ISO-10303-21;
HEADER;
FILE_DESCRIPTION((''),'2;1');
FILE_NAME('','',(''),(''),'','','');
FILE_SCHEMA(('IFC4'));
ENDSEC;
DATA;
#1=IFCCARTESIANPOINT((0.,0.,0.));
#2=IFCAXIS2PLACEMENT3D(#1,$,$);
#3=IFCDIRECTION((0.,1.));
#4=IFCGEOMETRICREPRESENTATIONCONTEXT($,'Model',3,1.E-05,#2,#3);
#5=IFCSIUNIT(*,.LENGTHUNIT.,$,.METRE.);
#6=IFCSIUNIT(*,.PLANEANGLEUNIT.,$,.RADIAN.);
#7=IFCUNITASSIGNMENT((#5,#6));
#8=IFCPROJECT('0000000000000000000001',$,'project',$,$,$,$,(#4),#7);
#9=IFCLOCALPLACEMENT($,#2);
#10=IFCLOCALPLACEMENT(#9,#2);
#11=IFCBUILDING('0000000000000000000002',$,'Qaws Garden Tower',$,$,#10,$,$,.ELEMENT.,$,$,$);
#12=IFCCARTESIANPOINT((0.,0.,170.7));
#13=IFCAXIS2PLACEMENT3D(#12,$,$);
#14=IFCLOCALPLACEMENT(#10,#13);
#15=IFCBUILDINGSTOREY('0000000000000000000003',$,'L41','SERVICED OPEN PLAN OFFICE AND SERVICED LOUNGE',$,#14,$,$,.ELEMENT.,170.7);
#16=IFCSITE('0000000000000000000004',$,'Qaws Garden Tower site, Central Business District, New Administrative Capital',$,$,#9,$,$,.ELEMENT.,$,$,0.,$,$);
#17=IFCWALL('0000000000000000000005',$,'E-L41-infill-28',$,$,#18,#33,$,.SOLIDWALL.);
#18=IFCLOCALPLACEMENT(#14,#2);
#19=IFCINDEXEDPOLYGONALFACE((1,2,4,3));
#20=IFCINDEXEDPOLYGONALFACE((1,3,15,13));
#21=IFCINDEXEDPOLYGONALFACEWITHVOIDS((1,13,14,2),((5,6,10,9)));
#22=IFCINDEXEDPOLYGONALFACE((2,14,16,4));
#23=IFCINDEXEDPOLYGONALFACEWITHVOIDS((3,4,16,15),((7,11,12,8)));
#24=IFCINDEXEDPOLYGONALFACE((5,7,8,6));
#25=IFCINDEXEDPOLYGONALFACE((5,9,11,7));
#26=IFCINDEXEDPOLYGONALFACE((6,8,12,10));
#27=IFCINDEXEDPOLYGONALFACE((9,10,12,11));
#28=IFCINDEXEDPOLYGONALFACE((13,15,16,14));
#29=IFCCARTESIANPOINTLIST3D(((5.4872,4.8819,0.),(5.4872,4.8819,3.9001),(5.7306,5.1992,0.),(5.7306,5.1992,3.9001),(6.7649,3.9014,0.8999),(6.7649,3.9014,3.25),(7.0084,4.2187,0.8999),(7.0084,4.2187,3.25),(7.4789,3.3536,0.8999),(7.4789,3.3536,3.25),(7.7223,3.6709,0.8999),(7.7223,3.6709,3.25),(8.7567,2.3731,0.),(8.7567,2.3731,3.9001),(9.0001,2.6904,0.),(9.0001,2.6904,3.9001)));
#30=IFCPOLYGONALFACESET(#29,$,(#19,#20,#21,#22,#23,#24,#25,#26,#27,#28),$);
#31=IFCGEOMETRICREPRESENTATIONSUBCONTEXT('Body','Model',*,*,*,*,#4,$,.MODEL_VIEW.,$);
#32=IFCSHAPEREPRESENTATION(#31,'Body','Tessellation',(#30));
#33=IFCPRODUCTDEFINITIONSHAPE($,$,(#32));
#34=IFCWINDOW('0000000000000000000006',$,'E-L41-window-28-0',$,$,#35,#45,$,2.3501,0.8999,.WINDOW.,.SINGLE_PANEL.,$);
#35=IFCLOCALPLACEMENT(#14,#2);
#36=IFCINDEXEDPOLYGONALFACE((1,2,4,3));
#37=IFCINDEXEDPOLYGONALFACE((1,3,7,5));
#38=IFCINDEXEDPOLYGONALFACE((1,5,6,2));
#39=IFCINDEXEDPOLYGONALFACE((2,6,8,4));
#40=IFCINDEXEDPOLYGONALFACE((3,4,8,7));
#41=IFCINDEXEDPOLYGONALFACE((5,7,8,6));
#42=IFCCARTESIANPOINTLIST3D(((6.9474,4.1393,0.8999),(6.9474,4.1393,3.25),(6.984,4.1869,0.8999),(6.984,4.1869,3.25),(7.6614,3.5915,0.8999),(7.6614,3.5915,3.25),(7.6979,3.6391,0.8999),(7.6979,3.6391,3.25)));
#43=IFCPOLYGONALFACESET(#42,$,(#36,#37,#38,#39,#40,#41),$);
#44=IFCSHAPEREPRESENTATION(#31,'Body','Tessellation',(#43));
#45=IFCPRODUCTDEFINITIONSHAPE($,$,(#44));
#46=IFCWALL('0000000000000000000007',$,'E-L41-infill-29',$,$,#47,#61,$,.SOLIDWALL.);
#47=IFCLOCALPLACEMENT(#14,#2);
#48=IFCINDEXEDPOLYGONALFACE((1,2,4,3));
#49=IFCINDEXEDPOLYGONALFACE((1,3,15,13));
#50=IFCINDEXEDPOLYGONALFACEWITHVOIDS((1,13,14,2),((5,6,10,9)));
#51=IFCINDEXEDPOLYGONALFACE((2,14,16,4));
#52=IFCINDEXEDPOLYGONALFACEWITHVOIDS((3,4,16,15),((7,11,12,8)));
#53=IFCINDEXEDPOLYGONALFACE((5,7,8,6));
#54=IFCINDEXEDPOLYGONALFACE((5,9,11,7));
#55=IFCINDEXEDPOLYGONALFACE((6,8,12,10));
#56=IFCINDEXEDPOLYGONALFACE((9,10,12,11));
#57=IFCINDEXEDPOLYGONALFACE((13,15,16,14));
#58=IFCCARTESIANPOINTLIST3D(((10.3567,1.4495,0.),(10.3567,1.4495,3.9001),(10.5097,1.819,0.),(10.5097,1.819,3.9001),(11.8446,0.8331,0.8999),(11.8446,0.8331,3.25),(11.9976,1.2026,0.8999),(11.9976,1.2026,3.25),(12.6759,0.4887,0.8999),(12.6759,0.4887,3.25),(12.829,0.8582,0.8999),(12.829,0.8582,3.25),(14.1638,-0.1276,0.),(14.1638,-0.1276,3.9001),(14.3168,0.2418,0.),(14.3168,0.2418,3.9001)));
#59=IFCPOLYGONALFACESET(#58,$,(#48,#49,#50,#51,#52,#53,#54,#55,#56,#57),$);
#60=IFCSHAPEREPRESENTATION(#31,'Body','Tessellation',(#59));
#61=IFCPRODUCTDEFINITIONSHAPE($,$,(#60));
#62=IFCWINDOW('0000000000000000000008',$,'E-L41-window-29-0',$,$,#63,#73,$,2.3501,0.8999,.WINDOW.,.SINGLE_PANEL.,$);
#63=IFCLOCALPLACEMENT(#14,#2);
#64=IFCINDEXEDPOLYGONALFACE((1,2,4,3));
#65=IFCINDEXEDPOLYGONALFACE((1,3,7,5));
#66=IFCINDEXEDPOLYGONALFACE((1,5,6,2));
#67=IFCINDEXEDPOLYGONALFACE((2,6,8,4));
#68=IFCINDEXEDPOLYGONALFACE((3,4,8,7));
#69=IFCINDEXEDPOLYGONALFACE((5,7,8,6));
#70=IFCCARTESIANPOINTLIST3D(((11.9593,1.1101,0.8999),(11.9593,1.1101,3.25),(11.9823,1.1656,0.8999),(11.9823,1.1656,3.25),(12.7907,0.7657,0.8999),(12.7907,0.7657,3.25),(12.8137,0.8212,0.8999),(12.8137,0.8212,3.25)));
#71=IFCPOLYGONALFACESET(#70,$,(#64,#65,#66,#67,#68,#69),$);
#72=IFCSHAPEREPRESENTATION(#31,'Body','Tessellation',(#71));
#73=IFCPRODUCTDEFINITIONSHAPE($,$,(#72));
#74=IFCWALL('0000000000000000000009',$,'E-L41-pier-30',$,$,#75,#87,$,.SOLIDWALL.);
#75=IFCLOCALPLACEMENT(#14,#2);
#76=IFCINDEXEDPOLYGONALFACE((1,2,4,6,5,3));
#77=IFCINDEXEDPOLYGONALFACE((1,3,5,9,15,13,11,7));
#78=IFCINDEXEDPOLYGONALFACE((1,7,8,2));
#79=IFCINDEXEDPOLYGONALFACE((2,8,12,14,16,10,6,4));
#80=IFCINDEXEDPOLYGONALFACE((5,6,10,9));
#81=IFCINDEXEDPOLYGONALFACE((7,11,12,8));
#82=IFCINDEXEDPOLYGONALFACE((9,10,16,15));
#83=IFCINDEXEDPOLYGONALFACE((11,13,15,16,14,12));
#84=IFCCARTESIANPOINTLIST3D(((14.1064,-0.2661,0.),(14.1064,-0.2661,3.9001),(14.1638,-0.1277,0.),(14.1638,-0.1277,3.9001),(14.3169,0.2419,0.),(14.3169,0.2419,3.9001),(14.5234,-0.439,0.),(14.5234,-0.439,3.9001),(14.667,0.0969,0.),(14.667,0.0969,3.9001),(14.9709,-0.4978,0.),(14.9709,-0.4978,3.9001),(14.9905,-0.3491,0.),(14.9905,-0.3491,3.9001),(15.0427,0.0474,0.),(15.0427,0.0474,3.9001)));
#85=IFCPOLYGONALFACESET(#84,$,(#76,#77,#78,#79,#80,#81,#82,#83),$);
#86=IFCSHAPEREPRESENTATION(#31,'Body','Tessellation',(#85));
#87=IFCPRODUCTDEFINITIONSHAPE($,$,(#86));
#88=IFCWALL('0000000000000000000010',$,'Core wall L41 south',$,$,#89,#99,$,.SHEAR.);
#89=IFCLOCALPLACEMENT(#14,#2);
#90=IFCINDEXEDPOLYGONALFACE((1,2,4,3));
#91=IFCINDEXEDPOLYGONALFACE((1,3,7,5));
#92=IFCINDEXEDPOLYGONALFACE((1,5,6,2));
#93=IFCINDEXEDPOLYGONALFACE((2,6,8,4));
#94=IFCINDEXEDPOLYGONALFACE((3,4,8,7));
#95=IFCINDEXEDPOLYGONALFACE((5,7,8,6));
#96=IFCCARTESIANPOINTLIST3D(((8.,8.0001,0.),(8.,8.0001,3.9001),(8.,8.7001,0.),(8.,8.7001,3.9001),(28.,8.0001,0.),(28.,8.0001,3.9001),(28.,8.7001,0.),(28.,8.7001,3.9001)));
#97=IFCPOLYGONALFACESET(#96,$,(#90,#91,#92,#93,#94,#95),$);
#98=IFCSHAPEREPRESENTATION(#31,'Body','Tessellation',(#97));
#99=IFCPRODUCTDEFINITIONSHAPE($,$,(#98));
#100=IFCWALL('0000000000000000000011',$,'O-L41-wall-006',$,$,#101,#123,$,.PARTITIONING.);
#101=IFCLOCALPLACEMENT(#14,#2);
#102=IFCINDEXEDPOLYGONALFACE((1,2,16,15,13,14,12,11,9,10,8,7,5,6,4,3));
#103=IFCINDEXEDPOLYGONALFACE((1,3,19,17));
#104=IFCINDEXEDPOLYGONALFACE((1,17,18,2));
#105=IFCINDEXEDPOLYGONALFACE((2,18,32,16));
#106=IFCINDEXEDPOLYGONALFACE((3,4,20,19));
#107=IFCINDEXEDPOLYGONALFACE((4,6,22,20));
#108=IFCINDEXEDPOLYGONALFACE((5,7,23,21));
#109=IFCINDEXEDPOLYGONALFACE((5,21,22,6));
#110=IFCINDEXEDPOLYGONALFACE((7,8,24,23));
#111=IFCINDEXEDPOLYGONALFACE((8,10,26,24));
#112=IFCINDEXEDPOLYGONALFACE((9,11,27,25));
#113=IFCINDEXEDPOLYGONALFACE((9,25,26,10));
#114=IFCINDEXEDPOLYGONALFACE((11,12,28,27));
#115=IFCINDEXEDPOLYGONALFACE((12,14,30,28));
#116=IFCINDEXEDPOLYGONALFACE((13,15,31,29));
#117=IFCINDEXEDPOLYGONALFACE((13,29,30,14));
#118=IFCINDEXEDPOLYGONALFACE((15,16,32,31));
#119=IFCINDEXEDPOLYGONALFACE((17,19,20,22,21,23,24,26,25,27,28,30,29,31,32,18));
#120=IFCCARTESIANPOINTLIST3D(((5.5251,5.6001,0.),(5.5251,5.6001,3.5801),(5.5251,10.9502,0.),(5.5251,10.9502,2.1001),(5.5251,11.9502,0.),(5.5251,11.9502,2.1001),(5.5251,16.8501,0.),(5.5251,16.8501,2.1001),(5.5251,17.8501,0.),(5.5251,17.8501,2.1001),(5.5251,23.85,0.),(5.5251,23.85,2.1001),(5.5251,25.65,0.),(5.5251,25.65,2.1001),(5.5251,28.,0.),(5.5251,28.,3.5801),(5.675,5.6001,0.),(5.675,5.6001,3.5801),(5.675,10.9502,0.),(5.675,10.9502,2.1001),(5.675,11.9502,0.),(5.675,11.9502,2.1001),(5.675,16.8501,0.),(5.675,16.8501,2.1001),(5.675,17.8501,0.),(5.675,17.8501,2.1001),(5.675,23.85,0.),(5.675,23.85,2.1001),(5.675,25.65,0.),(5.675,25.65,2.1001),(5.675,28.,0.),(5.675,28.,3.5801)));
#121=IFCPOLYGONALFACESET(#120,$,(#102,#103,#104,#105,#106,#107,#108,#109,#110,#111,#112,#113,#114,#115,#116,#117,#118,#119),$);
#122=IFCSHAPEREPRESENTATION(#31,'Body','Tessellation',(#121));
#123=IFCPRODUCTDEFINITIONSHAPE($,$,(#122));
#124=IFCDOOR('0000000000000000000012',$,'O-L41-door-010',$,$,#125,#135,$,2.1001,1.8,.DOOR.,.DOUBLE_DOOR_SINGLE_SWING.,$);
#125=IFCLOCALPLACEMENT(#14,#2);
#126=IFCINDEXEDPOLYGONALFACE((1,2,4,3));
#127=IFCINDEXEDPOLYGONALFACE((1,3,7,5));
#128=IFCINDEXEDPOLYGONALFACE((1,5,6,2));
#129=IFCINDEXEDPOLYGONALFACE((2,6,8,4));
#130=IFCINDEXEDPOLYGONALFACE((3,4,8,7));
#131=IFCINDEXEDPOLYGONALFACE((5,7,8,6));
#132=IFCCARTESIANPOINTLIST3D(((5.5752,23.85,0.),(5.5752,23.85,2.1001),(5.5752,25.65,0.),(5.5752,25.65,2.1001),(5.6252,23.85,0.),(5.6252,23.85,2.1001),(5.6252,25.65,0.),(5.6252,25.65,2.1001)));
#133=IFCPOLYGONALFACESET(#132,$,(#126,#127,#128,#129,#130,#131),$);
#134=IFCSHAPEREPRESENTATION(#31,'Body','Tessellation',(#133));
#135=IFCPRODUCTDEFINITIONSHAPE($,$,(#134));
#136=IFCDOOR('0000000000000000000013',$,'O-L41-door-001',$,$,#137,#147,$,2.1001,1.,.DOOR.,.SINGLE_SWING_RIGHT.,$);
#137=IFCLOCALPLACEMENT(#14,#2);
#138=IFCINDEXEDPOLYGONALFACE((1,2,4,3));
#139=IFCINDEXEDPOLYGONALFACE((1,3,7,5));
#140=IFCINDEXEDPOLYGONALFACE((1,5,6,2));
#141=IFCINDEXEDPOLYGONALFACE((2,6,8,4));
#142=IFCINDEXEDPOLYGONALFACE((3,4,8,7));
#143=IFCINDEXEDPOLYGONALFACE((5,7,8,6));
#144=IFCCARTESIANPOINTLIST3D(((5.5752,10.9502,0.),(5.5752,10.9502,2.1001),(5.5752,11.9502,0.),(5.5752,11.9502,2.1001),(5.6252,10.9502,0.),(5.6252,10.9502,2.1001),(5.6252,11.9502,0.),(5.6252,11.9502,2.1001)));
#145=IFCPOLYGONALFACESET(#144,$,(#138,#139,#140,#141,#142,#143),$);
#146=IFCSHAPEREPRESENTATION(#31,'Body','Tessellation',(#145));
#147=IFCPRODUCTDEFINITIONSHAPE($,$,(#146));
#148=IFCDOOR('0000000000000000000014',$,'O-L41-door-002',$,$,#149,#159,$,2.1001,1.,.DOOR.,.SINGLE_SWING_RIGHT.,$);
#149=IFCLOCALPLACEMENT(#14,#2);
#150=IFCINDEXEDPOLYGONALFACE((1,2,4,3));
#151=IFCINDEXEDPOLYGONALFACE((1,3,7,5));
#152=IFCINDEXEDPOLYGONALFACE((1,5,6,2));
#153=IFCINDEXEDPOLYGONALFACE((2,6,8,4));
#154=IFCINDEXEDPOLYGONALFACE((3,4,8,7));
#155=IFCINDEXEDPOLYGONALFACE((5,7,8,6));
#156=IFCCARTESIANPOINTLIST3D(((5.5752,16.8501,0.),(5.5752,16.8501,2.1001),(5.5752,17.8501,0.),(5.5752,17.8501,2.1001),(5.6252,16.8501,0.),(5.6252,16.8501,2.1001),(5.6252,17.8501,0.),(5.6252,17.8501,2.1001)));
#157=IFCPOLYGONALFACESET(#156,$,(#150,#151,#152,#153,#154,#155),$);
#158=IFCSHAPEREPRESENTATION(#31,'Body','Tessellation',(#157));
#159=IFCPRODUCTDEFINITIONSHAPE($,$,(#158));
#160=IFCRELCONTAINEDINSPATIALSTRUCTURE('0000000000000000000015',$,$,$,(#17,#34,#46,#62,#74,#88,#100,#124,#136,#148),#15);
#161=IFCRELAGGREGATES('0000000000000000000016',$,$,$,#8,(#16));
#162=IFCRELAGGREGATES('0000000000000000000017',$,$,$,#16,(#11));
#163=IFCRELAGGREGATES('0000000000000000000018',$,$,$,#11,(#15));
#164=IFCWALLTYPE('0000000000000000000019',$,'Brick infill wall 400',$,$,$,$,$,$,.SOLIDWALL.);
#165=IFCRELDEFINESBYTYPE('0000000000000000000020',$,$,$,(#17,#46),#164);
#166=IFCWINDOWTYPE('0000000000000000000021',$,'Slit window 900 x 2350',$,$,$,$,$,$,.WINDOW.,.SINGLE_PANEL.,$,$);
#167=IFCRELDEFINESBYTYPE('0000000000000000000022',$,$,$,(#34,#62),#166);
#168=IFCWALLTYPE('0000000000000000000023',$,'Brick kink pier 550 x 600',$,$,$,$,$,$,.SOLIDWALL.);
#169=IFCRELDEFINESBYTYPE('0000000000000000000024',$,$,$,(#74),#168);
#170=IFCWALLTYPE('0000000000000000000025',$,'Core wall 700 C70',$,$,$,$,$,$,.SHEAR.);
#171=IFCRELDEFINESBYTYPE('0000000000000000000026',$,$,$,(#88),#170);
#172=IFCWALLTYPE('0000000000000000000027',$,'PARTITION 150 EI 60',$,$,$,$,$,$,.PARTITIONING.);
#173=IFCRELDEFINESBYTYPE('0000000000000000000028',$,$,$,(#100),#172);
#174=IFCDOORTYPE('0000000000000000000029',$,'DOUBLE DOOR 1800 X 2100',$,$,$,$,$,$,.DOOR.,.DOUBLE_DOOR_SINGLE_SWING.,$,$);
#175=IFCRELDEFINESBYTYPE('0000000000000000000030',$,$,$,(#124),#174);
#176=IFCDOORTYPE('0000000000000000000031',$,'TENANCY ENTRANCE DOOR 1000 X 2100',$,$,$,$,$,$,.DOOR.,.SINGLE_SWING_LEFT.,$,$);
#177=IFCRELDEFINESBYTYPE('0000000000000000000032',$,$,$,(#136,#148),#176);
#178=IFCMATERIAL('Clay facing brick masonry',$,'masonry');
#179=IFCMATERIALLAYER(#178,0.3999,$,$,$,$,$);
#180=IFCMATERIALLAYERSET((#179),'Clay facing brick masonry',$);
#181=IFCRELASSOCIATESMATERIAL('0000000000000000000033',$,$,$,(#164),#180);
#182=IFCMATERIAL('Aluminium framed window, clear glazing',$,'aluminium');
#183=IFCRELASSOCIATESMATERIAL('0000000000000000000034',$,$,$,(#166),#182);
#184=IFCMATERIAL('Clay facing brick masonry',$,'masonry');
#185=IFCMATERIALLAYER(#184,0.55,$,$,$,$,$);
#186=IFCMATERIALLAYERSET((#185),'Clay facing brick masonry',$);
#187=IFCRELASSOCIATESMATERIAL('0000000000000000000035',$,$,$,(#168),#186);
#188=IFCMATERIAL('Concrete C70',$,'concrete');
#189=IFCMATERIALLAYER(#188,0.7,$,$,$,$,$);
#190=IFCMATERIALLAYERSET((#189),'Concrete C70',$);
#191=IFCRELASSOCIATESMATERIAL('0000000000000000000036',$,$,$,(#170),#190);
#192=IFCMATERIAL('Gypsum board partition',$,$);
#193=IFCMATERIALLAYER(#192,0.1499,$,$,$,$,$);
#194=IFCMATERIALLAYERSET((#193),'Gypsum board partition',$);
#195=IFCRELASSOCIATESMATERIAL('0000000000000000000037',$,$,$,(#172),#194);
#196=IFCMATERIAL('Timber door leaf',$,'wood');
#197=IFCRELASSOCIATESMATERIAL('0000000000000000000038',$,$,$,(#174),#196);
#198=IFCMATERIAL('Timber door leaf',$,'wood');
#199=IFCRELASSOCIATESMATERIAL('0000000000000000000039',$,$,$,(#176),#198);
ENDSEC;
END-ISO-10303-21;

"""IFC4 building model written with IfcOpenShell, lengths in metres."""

from ifc_helpers import new_model, si_unit, direction, frame, frame_2d, origin, place, context, subcontext, project, spatial, polyline, rectangle, outline, extrude, material, layer, layer_set, type_object, element, fill, save


model = new_model("IFC4")

# Units and contexts
model_context = context("Model", 3, precision=1e-05, world=origin(), true_north=direction((0.0, 1.0)))
body_context = subcontext(model_context, "Body", "Model", "MODEL_VIEW")
ifc_project = project(units=[si_unit("LENGTHUNIT", "METRE"), si_unit("PLANEANGLEUNIT", "RADIAN")], contexts=[model_context])

# Site, building, storey
site_placement = place(None, origin())
site = spatial("IfcSite", under=ifc_project, at=site_placement, Name="Qaws Garden Tower site, Central Business District, New Administrative Capital", CompositionType="ELEMENT", RefElevation=0.0)
building_placement = place(site_placement, origin())
building = spatial("IfcBuilding", under=site, at=building_placement, Name="Qaws Garden Tower", CompositionType="ELEMENT")
storey_placement = place(building_placement, frame((0.0, 0.0, 170.7)))
storey = spatial("IfcBuildingStorey", under=building, at=storey_placement, Name="L41", Description="SERVICED OPEN PLAN OFFICE AND SERVICED LOUNGE", CompositionType="ELEMENT", Elevation=170.7)

# Shared definitions
placement_1 = place(storey_placement, origin())

# Walls, openings, windows
ifc_material_1 = material(Name="Clay facing brick masonry", Category="masonry")
ifc_layer_1 = layer(ifc_material_1, 0.3999)
ifc_layer_set_1 = layer_set([ifc_layer_1], Name="Clay facing brick masonry")
wall_type_1 = type_object("IfcWallType", Name="Brick infill wall 400", PredefinedType="SOLIDWALL", material=ifc_layer_set_1)
ifc_material_2 = material(Name="Aluminium framed window, clear glazing", Category="aluminium")
window_type = type_object("IfcWindowType", Name="Slit window 900 x 2350", PartitioningType="SINGLE_PANEL", PredefinedType="WINDOW", material=ifc_material_2)
wall_1_placement = place(storey_placement, frame((5.6089, 5.0405, 0.0), z_axis=(0.0, 0.0, 1.0), x_axis=(0.793355, -0.60876, 0.0)))
wall_1 = element("IfcWall", 1, at=wall_1_placement, inside=storey, type_object=wall_type_1, Name="E-L41-infill-28", PredefinedType="SOLIDWALL", context=body_context, shape_type="SweptSolid", body=[
    extrude(rectangle(XDim=4.1211, YDim=0.3999, at=frame_2d((2.0605, 0.0))), origin(), (0.0, 0.0, 1.0), 3.9001),
])
opening_1_placement = place(wall_1_placement, frame((1.6106, 0.0, 0.8999)))
opening_1 = element("IfcOpeningElement", 2, at=opening_1_placement, cuts=wall_1, PredefinedType="OPENING", context=body_context, shape_type="SweptSolid", body=[
    extrude(rectangle(XDim=0.8999, YDim=2.3501, at=frame_2d((0.45, 1.175))), frame((0.0, 0.21, 0.0), z_axis=(0.0, -1.0, 0.0), x_axis=(1.0, 0.0, 0.0)), (0.0, 0.0, 1.0), 0.4199),
])
window_1_placement = place(opening_1_placement, origin())
window_1 = element("IfcWindow", 3, at=window_1_placement, inside=storey, type_object=window_type, Name="E-L41-window-28-0", OverallHeight=2.3501, OverallWidth=0.8999, PartitioningType="SINGLE_PANEL", PredefinedType="WINDOW", context=body_context, shape_type="SweptSolid", body=[
    extrude(rectangle(XDim=0.8999, YDim=2.3501, at=frame_2d((0.45, 1.175))), frame((0.0, 0.1599, 0.0), z_axis=(0.0, -1.0, 0.0), x_axis=(1.0, 0.0, 0.0)), (0.0, 0.0, 1.0), 0.0601),
])
fill(opening_1, window_1)
wall_2_placement = place(storey_placement, frame((10.4331, 1.6343, 0.0), z_axis=(0.0, 0.0, 1.0), x_axis=(0.923864, -0.382722, 0.0)))
wall_2 = element("IfcWall", 4, at=wall_2_placement, inside=storey, type_object=wall_type_1, Name="E-L41-infill-29", PredefinedType="SOLIDWALL", context=body_context, shape_type="SweptSolid", body=[
    extrude(rectangle(XDim=4.1208, YDim=0.3999, at=frame_2d((2.0605, 0.0))), origin(), (0.0, 0.0, 1.0), 3.9001),
])
opening_2_placement = place(wall_2_placement, frame((1.6106, 0.0, 0.8999)))
opening_2 = element("IfcOpeningElement", 5, at=opening_2_placement, cuts=wall_2, PredefinedType="OPENING", context=body_context, shape_type="SweptSolid", body=[
    extrude(rectangle(XDim=0.8999, YDim=2.3501, at=frame_2d((0.45, 1.175))), frame((0.0, 0.21, 0.0), z_axis=(0.0, -1.0, 0.0), x_axis=(1.0, 0.0, 0.0)), (0.0, 0.0, 1.0), 0.4199),
])
window_2_placement = place(opening_2_placement, origin())
window_2 = element("IfcWindow", 6, at=window_2_placement, inside=storey, type_object=window_type, Name="E-L41-window-29-0", OverallHeight=2.3501, OverallWidth=0.8999, PartitioningType="SINGLE_PANEL", PredefinedType="WINDOW", context=body_context, shape_type="SweptSolid", body=[
    extrude(rectangle(XDim=0.8999, YDim=2.3501, at=frame_2d((0.45, 1.175))), frame((0.0, 0.1599, 0.0), z_axis=(0.0, -1.0, 0.0), x_axis=(1.0, 0.0, 0.0)), (0.0, 0.0, 1.0), 0.0601),
])
fill(opening_2, window_2)

# Walls
ifc_material_3 = material(Name="Clay facing brick masonry", Category="masonry")
ifc_layer_2 = layer(ifc_material_3, 0.55)
ifc_layer_set_2 = layer_set([ifc_layer_2], Name="Clay facing brick masonry")
wall_type_2 = type_object("IfcWallType", Name="Brick kink pier 550 x 600", PredefinedType="SOLIDWALL", material=ifc_layer_set_2)
element("IfcWall", 7, at=placement_1, inside=storey, type_object=wall_type_2, Name="E-L41-pier-30", PredefinedType="SOLIDWALL", context=body_context, shape_type="SweptSolid", body=[
    extrude(outline(polyline([(14.1638, -0.1277), (14.1064, -0.2661), (14.5234, -0.439), (14.9709, -0.4978), (14.9905, -0.3491), (15.0427, 0.0474), (14.667, 0.0969), (14.3169, 0.2419), (14.1638, -0.1277)])), origin(), (0.0, 0.0, 1.0), 3.9001),
])
ifc_material_4 = material(Name="Concrete C70", Category="concrete")
ifc_layer_3 = layer(ifc_material_4, 0.7)
ifc_layer_set_3 = layer_set([ifc_layer_3], Name="Concrete C70")
wall_type_3 = type_object("IfcWallType", Name="Core wall 700 C70", PredefinedType="SHEAR", material=ifc_layer_set_3)
wall_3_placement = place(storey_placement, frame((8.0, 8.3501, 0.0), z_axis=(0.0, 0.0, 1.0), x_axis=(1.0, 0.0, 0.0)))
element("IfcWall", 8, at=wall_3_placement, inside=storey, type_object=wall_type_3, Name="Core wall L41 south", PredefinedType="SHEAR", context=body_context, shape_type="SweptSolid", body=[
    extrude(rectangle(XDim=20.0, YDim=0.7, at=frame_2d((10.0, 0.0))), origin(), (0.0, 0.0, 1.0), 3.9001),
])

# Wall, openings, doors
ifc_material_5 = material(Name="Gypsum board partition")
ifc_layer_4 = layer(ifc_material_5, 0.1499)
ifc_layer_set_4 = layer_set([ifc_layer_4], Name="Gypsum board partition")
wall_type_4 = type_object("IfcWallType", Name="PARTITION 150 EI 60", PredefinedType="PARTITIONING", material=ifc_layer_set_4)
wall_4_placement = place(storey_placement, frame((5.6001, 5.6001, 0.0), z_axis=(0.0, 0.0, 1.0), x_axis=(0.0, 1.0, 0.0)))
wall_4 = element("IfcWall", 9, at=wall_4_placement, inside=storey, type_object=wall_type_4, Name="O-L41-wall-006", PredefinedType="PARTITIONING", context=body_context, shape_type="SweptSolid", body=[
    extrude(rectangle(XDim=22.3999, YDim=0.1499, at=frame_2d((11.2, 0.0))), origin(), (0.0, 0.0, 1.0), 3.5801),
])
opening_3_placement = place(wall_4_placement, frame((5.3501, 0.0, 0.0)))
opening_3 = element("IfcOpeningElement", 10, at=opening_3_placement, cuts=wall_4, PredefinedType="OPENING", context=body_context, shape_type="SweptSolid", body=[
    extrude(rectangle(XDim=1.0, YDim=2.1001, at=frame_2d((0.5, 1.05))), frame((0.0, 0.085, 0.0), z_axis=(0.0, -1.0, 0.0), x_axis=(1.0, 0.0, 0.0)), (0.0, 0.0, 1.0), 0.1699),
])
opening_4_placement = place(wall_4_placement, frame((11.25, 0.0, 0.0)))
opening_4 = element("IfcOpeningElement", 11, at=opening_4_placement, cuts=wall_4, PredefinedType="OPENING", context=body_context, shape_type="SweptSolid", body=[
    extrude(rectangle(XDim=1.0, YDim=2.1001, at=frame_2d((0.5, 1.05))), frame((0.0, 0.085, 0.0), z_axis=(0.0, -1.0, 0.0), x_axis=(1.0, 0.0, 0.0)), (0.0, 0.0, 1.0), 0.1699),
])
opening_5_placement = place(wall_4_placement, frame((18.25, 0.0, 0.0)))
opening_5 = element("IfcOpeningElement", 12, at=opening_5_placement, cuts=wall_4, PredefinedType="OPENING", context=body_context, shape_type="SweptSolid", body=[
    extrude(rectangle(XDim=1.8, YDim=2.1001, at=frame_2d((0.8999, 1.05))), frame((0.0, 0.085, 0.0), z_axis=(0.0, -1.0, 0.0), x_axis=(1.0, 0.0, 0.0)), (0.0, 0.0, 1.0), 0.1699),
])
ifc_material_6 = material(Name="Timber door leaf", Category="wood")
door_type_1 = type_object("IfcDoorType", Name="DOUBLE DOOR 1800 X 2100", OperationType="DOUBLE_DOOR_SINGLE_SWING", PredefinedType="DOOR", material=ifc_material_6)
door_1_placement = place(opening_5_placement, origin())
door_1 = element("IfcDoor", 13, at=door_1_placement, inside=storey, type_object=door_type_1, Name="O-L41-door-010", OperationType="DOUBLE_DOOR_SINGLE_SWING", OverallHeight=2.1001, OverallWidth=1.8, PredefinedType="DOOR", context=body_context, shape_type="SweptSolid", body=[
    extrude(rectangle(XDim=1.8, YDim=2.1001, at=frame_2d((0.8999, 1.05))), frame((0.0, 0.0249, 0.0), z_axis=(0.0, -1.0, 0.0), x_axis=(1.0, 0.0, 0.0)), (0.0, 0.0, 1.0), 0.05),
])
fill(opening_5, door_1)
ifc_material_7 = material(Name="Timber door leaf", Category="wood")
door_type_2 = type_object("IfcDoorType", Name="TENANCY ENTRANCE DOOR 1000 X 2100", OperationType="SINGLE_SWING_LEFT", PredefinedType="DOOR", material=ifc_material_7)
door_2_placement = place(opening_3_placement, origin())
door_2 = element("IfcDoor", 14, at=door_2_placement, inside=storey, type_object=door_type_2, Name="O-L41-door-001", OperationType="SINGLE_SWING_RIGHT", OverallHeight=2.1001, OverallWidth=1.0, PredefinedType="DOOR", context=body_context, shape_type="SweptSolid", body=[
    extrude(rectangle(XDim=1.0, YDim=2.1001, at=frame_2d((0.5, 1.05))), frame((0.0, 0.0249, 0.0), z_axis=(0.0, -1.0, 0.0), x_axis=(1.0, 0.0, 0.0)), (0.0, 0.0, 1.0), 0.05),
])
fill(opening_3, door_2)
door_3_placement = place(opening_4_placement, origin())
door_3 = element("IfcDoor", 15, at=door_3_placement, inside=storey, type_object=door_type_2, Name="O-L41-door-002", OperationType="SINGLE_SWING_RIGHT", OverallHeight=2.1001, OverallWidth=1.0, PredefinedType="DOOR", context=body_context, shape_type="SweptSolid", body=[
    extrude(rectangle(XDim=1.0, YDim=2.1001, at=frame_2d((0.5, 1.05))), frame((0.0, 0.0249, 0.0), z_axis=(0.0, -1.0, 0.0), x_axis=(1.0, 0.0, 0.0)), (0.0, 0.0, 1.0), 0.05),
])
fill(opening_4, door_3)

save(model, "model.ifc")
